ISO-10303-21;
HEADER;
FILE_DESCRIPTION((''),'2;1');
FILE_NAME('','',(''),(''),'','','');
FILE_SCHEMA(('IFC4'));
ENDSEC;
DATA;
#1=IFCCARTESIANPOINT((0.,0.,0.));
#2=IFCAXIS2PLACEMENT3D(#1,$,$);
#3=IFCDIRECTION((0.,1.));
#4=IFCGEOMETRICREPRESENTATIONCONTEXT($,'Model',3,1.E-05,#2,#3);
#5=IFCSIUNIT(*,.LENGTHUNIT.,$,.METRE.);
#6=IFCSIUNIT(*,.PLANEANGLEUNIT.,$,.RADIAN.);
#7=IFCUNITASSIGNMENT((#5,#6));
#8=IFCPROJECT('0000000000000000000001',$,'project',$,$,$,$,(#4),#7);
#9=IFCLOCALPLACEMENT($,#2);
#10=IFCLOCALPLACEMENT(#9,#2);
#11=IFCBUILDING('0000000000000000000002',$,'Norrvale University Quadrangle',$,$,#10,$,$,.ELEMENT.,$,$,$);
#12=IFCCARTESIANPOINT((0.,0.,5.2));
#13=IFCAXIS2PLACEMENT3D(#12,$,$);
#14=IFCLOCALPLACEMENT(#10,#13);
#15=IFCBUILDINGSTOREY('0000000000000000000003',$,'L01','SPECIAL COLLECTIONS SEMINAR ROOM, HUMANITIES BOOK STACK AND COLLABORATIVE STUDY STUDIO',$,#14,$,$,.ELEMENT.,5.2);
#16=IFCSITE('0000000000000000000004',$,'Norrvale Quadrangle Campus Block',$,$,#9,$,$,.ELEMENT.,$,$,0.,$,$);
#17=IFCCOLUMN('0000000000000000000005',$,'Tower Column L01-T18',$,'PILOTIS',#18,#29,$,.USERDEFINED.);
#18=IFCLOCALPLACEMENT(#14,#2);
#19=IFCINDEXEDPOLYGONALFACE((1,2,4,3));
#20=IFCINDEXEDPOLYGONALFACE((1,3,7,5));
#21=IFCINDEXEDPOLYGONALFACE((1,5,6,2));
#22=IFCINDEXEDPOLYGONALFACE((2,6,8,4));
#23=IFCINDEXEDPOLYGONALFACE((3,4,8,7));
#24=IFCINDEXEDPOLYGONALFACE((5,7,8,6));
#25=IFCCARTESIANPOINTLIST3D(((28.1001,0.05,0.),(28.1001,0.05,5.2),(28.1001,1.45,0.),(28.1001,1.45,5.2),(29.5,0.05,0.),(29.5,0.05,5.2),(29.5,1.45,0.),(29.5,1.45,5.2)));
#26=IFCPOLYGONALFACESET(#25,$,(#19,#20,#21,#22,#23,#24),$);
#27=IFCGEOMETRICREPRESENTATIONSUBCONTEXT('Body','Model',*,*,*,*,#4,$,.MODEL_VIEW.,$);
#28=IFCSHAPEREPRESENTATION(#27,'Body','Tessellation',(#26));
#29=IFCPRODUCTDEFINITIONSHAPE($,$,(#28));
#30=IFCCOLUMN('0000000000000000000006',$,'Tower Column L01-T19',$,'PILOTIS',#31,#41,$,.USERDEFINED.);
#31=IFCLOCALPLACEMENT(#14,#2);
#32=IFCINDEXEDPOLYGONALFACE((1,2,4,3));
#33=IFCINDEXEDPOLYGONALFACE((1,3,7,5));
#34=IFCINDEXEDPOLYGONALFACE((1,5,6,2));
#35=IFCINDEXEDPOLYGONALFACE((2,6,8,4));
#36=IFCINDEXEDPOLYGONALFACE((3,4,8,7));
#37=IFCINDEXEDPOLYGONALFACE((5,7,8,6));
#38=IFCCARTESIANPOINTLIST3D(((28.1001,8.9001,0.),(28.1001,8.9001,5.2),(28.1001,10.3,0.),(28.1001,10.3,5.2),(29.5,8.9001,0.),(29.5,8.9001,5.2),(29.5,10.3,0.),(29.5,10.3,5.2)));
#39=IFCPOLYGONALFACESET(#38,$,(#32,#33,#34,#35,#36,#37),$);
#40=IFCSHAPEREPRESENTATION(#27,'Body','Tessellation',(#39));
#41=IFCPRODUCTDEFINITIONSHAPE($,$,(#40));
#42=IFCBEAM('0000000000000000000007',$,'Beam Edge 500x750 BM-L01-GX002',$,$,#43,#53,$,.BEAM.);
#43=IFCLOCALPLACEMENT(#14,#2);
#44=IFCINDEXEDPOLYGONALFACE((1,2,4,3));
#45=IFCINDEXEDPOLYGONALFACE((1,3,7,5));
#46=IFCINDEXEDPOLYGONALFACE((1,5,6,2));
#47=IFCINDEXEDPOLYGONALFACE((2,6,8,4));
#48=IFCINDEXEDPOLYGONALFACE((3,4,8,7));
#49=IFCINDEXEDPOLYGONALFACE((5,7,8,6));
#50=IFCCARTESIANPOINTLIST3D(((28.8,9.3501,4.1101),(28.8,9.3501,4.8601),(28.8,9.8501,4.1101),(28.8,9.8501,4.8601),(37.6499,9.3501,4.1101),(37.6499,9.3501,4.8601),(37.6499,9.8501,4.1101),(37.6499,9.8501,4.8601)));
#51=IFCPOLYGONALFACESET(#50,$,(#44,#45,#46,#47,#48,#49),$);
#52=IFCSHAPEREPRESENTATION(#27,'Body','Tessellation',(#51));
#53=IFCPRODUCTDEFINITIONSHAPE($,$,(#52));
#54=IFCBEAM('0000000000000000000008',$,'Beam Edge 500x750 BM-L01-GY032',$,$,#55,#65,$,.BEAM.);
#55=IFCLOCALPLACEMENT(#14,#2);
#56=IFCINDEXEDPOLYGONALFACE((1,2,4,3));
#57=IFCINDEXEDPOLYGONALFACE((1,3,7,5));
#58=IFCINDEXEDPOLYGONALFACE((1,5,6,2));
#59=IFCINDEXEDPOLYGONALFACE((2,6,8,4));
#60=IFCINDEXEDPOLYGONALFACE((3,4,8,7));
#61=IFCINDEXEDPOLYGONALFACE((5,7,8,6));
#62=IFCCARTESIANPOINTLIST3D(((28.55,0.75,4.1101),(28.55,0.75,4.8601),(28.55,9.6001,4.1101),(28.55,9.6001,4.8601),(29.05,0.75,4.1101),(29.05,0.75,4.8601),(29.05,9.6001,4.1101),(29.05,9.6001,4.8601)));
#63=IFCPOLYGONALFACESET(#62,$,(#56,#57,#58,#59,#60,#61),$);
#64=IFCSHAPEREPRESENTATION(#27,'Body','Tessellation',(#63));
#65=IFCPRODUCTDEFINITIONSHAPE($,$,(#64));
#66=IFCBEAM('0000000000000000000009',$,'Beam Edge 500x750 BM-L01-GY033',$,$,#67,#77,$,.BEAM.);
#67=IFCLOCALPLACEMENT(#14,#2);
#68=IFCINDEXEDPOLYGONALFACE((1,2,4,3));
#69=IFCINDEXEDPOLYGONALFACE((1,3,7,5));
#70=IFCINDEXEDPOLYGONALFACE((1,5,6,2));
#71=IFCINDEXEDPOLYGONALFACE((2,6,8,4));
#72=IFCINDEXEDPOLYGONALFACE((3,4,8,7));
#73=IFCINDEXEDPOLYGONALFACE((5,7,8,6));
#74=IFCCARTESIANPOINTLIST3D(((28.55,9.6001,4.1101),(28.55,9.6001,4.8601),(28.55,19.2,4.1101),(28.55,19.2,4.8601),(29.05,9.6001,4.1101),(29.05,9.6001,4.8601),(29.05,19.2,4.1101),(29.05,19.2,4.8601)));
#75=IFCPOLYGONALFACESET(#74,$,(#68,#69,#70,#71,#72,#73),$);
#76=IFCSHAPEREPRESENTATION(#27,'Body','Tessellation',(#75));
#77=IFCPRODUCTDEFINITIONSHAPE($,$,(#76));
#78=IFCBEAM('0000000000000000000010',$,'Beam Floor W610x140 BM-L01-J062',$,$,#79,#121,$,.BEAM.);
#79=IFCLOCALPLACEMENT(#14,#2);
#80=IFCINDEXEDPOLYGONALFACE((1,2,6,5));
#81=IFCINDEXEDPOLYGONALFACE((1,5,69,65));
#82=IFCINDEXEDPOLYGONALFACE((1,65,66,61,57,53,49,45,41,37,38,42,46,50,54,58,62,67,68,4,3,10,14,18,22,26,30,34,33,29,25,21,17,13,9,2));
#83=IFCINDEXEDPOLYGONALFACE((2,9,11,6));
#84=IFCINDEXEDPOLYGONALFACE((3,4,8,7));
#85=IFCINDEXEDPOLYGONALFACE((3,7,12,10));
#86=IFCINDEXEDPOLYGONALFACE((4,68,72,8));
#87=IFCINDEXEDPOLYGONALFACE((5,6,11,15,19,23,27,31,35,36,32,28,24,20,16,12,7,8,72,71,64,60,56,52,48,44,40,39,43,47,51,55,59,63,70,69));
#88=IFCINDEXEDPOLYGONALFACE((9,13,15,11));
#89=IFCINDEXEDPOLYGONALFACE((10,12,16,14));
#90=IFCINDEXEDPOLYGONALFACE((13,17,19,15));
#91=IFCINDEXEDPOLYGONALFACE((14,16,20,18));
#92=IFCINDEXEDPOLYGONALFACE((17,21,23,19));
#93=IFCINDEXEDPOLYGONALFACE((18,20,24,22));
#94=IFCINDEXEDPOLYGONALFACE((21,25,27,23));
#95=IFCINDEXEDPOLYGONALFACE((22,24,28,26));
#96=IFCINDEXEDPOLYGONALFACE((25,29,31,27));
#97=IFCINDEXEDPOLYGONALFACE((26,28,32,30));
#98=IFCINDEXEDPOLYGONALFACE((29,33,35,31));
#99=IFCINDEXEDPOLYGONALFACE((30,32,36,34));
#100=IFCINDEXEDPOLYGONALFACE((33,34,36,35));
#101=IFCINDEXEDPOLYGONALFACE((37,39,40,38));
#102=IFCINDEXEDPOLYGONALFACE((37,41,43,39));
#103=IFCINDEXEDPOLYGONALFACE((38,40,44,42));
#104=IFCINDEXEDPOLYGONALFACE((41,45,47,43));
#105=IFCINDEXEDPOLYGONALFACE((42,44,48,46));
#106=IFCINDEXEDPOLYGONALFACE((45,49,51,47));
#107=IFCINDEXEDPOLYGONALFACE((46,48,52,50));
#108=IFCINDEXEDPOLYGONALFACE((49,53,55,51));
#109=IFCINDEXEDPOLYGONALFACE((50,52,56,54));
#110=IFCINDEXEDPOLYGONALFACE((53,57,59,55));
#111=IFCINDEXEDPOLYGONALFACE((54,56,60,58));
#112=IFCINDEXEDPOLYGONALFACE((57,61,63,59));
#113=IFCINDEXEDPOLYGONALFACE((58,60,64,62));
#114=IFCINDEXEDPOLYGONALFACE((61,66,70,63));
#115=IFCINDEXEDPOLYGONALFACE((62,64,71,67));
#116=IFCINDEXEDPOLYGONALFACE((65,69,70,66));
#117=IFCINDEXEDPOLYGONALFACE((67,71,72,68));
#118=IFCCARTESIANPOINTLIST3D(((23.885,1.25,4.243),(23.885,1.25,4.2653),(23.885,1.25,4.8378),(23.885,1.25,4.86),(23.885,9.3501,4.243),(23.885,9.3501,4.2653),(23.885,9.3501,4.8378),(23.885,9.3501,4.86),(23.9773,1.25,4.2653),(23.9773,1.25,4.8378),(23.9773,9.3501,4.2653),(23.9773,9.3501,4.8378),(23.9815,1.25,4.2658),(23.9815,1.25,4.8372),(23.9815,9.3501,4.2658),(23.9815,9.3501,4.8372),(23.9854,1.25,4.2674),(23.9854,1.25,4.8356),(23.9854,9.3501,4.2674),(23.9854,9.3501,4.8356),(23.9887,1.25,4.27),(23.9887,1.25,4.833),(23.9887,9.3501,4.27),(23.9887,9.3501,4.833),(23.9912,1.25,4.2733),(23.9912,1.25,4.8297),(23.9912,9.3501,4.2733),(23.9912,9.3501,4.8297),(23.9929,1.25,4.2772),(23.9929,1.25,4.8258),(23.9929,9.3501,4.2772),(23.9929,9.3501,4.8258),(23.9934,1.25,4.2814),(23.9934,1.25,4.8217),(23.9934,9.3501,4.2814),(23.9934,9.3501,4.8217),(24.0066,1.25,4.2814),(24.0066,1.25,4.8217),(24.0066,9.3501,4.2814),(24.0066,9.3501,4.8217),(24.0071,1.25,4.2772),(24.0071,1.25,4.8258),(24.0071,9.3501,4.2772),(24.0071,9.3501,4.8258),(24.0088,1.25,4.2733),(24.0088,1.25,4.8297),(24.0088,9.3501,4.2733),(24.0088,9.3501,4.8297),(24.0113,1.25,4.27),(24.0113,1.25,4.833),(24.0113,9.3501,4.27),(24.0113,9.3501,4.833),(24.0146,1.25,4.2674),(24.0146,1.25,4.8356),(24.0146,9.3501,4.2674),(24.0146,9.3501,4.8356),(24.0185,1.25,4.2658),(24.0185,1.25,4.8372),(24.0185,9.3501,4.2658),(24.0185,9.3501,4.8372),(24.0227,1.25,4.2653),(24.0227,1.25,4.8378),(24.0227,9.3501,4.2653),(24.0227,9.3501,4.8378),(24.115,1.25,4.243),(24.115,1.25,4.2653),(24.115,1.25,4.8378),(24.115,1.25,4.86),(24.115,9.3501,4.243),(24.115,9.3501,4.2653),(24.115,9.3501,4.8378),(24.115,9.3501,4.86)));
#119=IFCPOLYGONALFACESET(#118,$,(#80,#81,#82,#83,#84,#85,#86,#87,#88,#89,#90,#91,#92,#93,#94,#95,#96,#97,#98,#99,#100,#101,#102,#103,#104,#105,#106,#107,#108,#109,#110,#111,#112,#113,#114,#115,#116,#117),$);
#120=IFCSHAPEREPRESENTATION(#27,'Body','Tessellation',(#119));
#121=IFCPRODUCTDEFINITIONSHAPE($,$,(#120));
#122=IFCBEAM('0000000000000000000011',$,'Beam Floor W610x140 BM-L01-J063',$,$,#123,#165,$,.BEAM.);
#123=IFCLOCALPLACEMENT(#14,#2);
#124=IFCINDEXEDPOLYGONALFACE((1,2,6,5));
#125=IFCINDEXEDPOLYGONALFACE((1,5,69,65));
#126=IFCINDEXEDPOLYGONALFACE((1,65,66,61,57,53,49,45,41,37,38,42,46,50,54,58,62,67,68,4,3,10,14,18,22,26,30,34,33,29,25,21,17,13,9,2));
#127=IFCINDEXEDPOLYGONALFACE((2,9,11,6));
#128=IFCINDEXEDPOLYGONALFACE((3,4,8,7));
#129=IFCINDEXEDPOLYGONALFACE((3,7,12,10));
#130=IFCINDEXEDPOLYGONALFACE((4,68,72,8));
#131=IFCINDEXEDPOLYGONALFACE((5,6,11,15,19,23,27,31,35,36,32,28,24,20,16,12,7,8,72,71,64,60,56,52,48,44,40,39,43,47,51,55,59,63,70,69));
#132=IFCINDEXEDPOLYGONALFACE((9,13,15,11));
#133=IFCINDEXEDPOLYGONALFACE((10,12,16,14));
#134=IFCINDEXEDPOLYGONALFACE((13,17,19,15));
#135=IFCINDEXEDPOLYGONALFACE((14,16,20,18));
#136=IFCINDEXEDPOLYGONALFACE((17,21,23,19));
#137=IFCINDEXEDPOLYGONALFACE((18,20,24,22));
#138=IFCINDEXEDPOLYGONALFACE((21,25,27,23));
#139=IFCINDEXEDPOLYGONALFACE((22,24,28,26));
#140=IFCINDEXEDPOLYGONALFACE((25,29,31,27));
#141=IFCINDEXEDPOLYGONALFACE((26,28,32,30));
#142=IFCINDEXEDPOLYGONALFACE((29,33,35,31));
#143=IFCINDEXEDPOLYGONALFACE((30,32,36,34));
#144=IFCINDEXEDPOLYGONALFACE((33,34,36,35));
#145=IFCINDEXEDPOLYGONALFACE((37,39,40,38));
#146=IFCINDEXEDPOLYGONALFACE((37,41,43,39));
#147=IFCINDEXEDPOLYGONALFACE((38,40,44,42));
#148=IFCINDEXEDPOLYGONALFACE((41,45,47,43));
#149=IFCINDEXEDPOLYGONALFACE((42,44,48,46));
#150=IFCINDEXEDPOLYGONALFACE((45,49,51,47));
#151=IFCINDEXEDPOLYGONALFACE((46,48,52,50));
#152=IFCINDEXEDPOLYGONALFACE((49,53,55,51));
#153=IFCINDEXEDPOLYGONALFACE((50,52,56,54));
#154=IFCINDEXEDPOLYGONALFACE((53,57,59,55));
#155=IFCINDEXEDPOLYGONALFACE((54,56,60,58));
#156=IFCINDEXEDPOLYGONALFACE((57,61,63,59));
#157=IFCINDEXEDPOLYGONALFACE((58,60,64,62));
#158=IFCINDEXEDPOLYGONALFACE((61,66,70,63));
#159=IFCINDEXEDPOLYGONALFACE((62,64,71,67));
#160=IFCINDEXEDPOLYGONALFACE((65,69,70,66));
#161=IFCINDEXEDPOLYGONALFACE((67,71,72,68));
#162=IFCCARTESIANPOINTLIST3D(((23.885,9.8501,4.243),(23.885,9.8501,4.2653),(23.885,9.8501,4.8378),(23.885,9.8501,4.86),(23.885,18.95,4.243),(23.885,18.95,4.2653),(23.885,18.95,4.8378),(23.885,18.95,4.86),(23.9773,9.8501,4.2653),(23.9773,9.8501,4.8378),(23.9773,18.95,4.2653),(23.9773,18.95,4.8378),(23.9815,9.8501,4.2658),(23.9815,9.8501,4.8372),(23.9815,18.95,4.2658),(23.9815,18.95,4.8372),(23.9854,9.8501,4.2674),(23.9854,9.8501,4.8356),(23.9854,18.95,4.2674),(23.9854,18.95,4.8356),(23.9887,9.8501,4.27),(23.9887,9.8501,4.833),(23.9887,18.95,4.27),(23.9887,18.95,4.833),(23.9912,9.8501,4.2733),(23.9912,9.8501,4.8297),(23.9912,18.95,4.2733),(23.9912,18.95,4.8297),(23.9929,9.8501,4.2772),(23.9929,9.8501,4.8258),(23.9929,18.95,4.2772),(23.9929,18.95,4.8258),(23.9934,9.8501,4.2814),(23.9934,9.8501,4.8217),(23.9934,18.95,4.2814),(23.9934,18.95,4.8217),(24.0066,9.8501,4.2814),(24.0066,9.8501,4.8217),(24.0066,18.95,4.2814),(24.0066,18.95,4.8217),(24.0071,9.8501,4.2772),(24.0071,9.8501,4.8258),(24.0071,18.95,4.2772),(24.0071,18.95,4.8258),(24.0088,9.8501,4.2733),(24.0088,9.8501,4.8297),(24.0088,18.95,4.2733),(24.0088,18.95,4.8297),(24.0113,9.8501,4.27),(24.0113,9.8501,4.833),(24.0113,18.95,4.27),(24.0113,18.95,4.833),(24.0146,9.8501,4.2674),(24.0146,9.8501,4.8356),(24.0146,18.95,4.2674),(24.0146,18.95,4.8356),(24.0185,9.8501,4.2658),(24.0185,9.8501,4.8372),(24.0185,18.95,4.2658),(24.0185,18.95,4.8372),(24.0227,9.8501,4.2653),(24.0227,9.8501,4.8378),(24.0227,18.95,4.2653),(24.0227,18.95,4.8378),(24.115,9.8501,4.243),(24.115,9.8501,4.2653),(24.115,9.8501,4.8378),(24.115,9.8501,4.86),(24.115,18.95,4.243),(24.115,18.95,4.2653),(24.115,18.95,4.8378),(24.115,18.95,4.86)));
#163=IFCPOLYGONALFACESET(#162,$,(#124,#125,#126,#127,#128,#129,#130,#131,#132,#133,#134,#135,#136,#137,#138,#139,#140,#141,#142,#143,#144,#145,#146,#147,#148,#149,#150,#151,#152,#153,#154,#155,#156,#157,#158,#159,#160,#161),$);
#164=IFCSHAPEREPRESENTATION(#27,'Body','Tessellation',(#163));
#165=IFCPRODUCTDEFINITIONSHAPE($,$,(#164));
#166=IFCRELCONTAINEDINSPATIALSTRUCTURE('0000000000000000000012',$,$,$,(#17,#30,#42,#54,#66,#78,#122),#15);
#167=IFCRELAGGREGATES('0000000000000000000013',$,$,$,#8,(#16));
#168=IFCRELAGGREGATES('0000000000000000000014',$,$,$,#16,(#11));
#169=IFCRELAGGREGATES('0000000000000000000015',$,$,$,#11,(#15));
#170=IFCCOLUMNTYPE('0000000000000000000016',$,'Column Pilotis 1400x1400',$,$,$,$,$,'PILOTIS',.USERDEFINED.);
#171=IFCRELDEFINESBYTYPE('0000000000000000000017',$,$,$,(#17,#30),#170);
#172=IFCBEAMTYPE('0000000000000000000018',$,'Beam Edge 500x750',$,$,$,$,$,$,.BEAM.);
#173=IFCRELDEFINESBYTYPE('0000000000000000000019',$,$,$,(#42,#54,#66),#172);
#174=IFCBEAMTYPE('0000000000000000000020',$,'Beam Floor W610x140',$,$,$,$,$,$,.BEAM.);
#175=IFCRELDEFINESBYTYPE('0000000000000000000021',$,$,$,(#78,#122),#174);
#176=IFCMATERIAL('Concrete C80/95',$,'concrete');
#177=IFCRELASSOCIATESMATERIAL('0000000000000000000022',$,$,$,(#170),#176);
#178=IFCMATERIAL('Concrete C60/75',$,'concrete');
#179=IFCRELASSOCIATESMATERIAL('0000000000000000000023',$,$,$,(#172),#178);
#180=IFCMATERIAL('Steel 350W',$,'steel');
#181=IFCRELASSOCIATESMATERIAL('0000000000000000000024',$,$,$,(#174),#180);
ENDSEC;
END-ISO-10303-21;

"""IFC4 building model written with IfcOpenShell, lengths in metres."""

from ifc_helpers import new_model, si_unit, direction, frame, origin, origin_2d, place, context, subcontext, project, spatial, rectangle, i_section, extrude, material, material_profile, profile_set, type_object, element, save


model = new_model("IFC4")

# Units and contexts
model_context = context("Model", 3, precision=1e-05, world=origin(), true_north=direction((0.0, 1.0)))
body_context = subcontext(model_context, "Body", "Model", "MODEL_VIEW")
ifc_project = project(units=[si_unit("LENGTHUNIT", "METRE"), si_unit("PLANEANGLEUNIT", "RADIAN")], contexts=[model_context])

# Site, building, storey
site_placement = place(None, origin())
site = spatial("IfcSite", under=ifc_project, at=site_placement, Name="Norrvale Quadrangle Campus Block", CompositionType="ELEMENT", RefElevation=0.0)
building_placement = place(site_placement, origin())
building = spatial("IfcBuilding", under=site, at=building_placement, Name="Norrvale University Quadrangle", CompositionType="ELEMENT")
storey_placement = place(building_placement, frame((0.0, 0.0, 5.2)))
storey = spatial("IfcBuildingStorey", under=building, at=storey_placement, Name="L01", Description="SPECIAL COLLECTIONS SEMINAR ROOM, HUMANITIES BOOK STACK AND COLLABORATIVE STUDY STUDIO", CompositionType="ELEMENT", Elevation=5.2)

# Columns
ifc_material_1 = material(Name="Concrete C80/95", Category="concrete")
ifc_material_profile_1 = material_profile(ifc_material_1, rectangle(XDim=1.3999, YDim=1.3999, at=origin_2d()), Name="Concrete C80/95")
ifc_profile_set_1 = profile_set([ifc_material_profile_1], Name="Concrete C80/95")
column_type = type_object("IfcColumnType", Name="Column Pilotis 1400x1400", ElementType="PILOTIS", PredefinedType="USERDEFINED", material=ifc_profile_set_1)
for number, where, z_axis, x_axis, name in (
    (1, (28.8, 0.75, 0.0), (0.0, 0.0, 1.0), (1.0, 0.0, 0.0), "Tower Column L01-T18"),
    (2, (28.8, 9.6001, 0.0), (0.0, 0.0, 1.0), (1.0, 0.0, 0.0), "Tower Column L01-T19"),
):
    element("IfcColumn", number, at=place(storey_placement, frame(where, z_axis=z_axis, x_axis=x_axis)), inside=storey, type_object=column_type, Name=name, ObjectType="PILOTIS", PredefinedType="USERDEFINED", context=body_context, shape_type="SweptSolid", body=[
        extrude(rectangle(XDim=1.3999, YDim=1.3999, at=origin_2d()), origin(), (0.0, 0.0, 1.0), 5.2),
    ])

# Beams
ifc_material_2 = material(Name="Concrete C60/75", Category="concrete")
ifc_material_profile_2 = material_profile(ifc_material_2, rectangle(XDim=0.5, YDim=0.75, at=origin_2d()), Name="Concrete C60/75")
ifc_profile_set_2 = profile_set([ifc_material_profile_2], Name="Concrete C60/75")
beam_type_1 = type_object("IfcBeamType", Name="Beam Edge 500x750", PredefinedType="BEAM", material=ifc_profile_set_2)
beam_1_placement = place(storey_placement, frame((28.8, 9.6001, 4.4851), z_axis=(1.0, 0.0, 0.0), x_axis=(0.0, 1.0, 0.0)))
element("IfcBeam", 3, at=beam_1_placement, inside=storey, type_object=beam_type_1, Name="Beam Edge 500x750 BM-L01-GX002", PredefinedType="BEAM", context=body_context, shape_type="SweptSolid", body=[
    extrude(rectangle(XDim=0.5, YDim=0.75, at=origin_2d()), origin(), (0.0, 0.0, 1.0), 8.8499),
])
beam_2_placement = place(storey_placement, frame((28.8, 0.75, 4.4851), z_axis=(0.0, 1.0, 0.0), x_axis=(-1.0, 0.0, 0.0)))
element("IfcBeam", 4, at=beam_2_placement, inside=storey, type_object=beam_type_1, Name="Beam Edge 500x750 BM-L01-GY032", PredefinedType="BEAM", context=body_context, shape_type="SweptSolid", body=[
    extrude(rectangle(XDim=0.5, YDim=0.75, at=origin_2d()), origin(), (0.0, 0.0, 1.0), 8.8501),
])
beam_3_placement = place(storey_placement, frame((28.8, 9.6001, 4.4851), z_axis=(0.0, 1.0, 0.0), x_axis=(-1.0, 0.0, 0.0)))
element("IfcBeam", 5, at=beam_3_placement, inside=storey, type_object=beam_type_1, Name="Beam Edge 500x750 BM-L01-GY033", PredefinedType="BEAM", context=body_context, shape_type="SweptSolid", body=[
    extrude(rectangle(XDim=0.5, YDim=0.75, at=origin_2d()), origin(), (0.0, 0.0, 1.0), 9.5999),
])
ifc_material_3 = material(Name="Steel 350W", Category="steel")
ifc_material_profile_3 = material_profile(ifc_material_3, i_section(OverallWidth=0.23, OverallDepth=0.6169, WebThickness=0.0132, FlangeThickness=0.0222, FilletRadius=0.0161, at=origin_2d()), Name="Steel 350W")
ifc_profile_set_3 = profile_set([ifc_material_profile_3], Name="Steel 350W")
beam_type_2 = type_object("IfcBeamType", Name="Beam Floor W610x140", PredefinedType="BEAM", material=ifc_profile_set_3)
beam_4_placement = place(storey_placement, frame((24.0, 1.25, 4.5515), z_axis=(0.0, 1.0, 0.0), x_axis=(-1.0, 0.0, 0.0)))
element("IfcBeam", 6, at=beam_4_placement, inside=storey, type_object=beam_type_2, Name="Beam Floor W610x140 BM-L01-J062", PredefinedType="BEAM", context=body_context, shape_type="SweptSolid", body=[
    extrude(i_section(OverallWidth=0.23, OverallDepth=0.6169, WebThickness=0.0132, FlangeThickness=0.0222, FilletRadius=0.0161, at=origin_2d()), origin(), (0.0, 0.0, 1.0), 8.1001),
])
beam_5_placement = place(storey_placement, frame((24.0, 9.8501, 4.5515), z_axis=(0.0, 1.0, 0.0), x_axis=(-1.0, 0.0, 0.0)))
element("IfcBeam", 7, at=beam_5_placement, inside=storey, type_object=beam_type_2, Name="Beam Floor W610x140 BM-L01-J063", PredefinedType="BEAM", context=body_context, shape_type="SweptSolid", body=[
    extrude(i_section(OverallWidth=0.23, OverallDepth=0.6169, WebThickness=0.0132, FlangeThickness=0.0222, FilletRadius=0.0161, at=origin_2d()), origin(), (0.0, 0.0, 1.0), 9.0999),
])

save(model, "model.ifc")
